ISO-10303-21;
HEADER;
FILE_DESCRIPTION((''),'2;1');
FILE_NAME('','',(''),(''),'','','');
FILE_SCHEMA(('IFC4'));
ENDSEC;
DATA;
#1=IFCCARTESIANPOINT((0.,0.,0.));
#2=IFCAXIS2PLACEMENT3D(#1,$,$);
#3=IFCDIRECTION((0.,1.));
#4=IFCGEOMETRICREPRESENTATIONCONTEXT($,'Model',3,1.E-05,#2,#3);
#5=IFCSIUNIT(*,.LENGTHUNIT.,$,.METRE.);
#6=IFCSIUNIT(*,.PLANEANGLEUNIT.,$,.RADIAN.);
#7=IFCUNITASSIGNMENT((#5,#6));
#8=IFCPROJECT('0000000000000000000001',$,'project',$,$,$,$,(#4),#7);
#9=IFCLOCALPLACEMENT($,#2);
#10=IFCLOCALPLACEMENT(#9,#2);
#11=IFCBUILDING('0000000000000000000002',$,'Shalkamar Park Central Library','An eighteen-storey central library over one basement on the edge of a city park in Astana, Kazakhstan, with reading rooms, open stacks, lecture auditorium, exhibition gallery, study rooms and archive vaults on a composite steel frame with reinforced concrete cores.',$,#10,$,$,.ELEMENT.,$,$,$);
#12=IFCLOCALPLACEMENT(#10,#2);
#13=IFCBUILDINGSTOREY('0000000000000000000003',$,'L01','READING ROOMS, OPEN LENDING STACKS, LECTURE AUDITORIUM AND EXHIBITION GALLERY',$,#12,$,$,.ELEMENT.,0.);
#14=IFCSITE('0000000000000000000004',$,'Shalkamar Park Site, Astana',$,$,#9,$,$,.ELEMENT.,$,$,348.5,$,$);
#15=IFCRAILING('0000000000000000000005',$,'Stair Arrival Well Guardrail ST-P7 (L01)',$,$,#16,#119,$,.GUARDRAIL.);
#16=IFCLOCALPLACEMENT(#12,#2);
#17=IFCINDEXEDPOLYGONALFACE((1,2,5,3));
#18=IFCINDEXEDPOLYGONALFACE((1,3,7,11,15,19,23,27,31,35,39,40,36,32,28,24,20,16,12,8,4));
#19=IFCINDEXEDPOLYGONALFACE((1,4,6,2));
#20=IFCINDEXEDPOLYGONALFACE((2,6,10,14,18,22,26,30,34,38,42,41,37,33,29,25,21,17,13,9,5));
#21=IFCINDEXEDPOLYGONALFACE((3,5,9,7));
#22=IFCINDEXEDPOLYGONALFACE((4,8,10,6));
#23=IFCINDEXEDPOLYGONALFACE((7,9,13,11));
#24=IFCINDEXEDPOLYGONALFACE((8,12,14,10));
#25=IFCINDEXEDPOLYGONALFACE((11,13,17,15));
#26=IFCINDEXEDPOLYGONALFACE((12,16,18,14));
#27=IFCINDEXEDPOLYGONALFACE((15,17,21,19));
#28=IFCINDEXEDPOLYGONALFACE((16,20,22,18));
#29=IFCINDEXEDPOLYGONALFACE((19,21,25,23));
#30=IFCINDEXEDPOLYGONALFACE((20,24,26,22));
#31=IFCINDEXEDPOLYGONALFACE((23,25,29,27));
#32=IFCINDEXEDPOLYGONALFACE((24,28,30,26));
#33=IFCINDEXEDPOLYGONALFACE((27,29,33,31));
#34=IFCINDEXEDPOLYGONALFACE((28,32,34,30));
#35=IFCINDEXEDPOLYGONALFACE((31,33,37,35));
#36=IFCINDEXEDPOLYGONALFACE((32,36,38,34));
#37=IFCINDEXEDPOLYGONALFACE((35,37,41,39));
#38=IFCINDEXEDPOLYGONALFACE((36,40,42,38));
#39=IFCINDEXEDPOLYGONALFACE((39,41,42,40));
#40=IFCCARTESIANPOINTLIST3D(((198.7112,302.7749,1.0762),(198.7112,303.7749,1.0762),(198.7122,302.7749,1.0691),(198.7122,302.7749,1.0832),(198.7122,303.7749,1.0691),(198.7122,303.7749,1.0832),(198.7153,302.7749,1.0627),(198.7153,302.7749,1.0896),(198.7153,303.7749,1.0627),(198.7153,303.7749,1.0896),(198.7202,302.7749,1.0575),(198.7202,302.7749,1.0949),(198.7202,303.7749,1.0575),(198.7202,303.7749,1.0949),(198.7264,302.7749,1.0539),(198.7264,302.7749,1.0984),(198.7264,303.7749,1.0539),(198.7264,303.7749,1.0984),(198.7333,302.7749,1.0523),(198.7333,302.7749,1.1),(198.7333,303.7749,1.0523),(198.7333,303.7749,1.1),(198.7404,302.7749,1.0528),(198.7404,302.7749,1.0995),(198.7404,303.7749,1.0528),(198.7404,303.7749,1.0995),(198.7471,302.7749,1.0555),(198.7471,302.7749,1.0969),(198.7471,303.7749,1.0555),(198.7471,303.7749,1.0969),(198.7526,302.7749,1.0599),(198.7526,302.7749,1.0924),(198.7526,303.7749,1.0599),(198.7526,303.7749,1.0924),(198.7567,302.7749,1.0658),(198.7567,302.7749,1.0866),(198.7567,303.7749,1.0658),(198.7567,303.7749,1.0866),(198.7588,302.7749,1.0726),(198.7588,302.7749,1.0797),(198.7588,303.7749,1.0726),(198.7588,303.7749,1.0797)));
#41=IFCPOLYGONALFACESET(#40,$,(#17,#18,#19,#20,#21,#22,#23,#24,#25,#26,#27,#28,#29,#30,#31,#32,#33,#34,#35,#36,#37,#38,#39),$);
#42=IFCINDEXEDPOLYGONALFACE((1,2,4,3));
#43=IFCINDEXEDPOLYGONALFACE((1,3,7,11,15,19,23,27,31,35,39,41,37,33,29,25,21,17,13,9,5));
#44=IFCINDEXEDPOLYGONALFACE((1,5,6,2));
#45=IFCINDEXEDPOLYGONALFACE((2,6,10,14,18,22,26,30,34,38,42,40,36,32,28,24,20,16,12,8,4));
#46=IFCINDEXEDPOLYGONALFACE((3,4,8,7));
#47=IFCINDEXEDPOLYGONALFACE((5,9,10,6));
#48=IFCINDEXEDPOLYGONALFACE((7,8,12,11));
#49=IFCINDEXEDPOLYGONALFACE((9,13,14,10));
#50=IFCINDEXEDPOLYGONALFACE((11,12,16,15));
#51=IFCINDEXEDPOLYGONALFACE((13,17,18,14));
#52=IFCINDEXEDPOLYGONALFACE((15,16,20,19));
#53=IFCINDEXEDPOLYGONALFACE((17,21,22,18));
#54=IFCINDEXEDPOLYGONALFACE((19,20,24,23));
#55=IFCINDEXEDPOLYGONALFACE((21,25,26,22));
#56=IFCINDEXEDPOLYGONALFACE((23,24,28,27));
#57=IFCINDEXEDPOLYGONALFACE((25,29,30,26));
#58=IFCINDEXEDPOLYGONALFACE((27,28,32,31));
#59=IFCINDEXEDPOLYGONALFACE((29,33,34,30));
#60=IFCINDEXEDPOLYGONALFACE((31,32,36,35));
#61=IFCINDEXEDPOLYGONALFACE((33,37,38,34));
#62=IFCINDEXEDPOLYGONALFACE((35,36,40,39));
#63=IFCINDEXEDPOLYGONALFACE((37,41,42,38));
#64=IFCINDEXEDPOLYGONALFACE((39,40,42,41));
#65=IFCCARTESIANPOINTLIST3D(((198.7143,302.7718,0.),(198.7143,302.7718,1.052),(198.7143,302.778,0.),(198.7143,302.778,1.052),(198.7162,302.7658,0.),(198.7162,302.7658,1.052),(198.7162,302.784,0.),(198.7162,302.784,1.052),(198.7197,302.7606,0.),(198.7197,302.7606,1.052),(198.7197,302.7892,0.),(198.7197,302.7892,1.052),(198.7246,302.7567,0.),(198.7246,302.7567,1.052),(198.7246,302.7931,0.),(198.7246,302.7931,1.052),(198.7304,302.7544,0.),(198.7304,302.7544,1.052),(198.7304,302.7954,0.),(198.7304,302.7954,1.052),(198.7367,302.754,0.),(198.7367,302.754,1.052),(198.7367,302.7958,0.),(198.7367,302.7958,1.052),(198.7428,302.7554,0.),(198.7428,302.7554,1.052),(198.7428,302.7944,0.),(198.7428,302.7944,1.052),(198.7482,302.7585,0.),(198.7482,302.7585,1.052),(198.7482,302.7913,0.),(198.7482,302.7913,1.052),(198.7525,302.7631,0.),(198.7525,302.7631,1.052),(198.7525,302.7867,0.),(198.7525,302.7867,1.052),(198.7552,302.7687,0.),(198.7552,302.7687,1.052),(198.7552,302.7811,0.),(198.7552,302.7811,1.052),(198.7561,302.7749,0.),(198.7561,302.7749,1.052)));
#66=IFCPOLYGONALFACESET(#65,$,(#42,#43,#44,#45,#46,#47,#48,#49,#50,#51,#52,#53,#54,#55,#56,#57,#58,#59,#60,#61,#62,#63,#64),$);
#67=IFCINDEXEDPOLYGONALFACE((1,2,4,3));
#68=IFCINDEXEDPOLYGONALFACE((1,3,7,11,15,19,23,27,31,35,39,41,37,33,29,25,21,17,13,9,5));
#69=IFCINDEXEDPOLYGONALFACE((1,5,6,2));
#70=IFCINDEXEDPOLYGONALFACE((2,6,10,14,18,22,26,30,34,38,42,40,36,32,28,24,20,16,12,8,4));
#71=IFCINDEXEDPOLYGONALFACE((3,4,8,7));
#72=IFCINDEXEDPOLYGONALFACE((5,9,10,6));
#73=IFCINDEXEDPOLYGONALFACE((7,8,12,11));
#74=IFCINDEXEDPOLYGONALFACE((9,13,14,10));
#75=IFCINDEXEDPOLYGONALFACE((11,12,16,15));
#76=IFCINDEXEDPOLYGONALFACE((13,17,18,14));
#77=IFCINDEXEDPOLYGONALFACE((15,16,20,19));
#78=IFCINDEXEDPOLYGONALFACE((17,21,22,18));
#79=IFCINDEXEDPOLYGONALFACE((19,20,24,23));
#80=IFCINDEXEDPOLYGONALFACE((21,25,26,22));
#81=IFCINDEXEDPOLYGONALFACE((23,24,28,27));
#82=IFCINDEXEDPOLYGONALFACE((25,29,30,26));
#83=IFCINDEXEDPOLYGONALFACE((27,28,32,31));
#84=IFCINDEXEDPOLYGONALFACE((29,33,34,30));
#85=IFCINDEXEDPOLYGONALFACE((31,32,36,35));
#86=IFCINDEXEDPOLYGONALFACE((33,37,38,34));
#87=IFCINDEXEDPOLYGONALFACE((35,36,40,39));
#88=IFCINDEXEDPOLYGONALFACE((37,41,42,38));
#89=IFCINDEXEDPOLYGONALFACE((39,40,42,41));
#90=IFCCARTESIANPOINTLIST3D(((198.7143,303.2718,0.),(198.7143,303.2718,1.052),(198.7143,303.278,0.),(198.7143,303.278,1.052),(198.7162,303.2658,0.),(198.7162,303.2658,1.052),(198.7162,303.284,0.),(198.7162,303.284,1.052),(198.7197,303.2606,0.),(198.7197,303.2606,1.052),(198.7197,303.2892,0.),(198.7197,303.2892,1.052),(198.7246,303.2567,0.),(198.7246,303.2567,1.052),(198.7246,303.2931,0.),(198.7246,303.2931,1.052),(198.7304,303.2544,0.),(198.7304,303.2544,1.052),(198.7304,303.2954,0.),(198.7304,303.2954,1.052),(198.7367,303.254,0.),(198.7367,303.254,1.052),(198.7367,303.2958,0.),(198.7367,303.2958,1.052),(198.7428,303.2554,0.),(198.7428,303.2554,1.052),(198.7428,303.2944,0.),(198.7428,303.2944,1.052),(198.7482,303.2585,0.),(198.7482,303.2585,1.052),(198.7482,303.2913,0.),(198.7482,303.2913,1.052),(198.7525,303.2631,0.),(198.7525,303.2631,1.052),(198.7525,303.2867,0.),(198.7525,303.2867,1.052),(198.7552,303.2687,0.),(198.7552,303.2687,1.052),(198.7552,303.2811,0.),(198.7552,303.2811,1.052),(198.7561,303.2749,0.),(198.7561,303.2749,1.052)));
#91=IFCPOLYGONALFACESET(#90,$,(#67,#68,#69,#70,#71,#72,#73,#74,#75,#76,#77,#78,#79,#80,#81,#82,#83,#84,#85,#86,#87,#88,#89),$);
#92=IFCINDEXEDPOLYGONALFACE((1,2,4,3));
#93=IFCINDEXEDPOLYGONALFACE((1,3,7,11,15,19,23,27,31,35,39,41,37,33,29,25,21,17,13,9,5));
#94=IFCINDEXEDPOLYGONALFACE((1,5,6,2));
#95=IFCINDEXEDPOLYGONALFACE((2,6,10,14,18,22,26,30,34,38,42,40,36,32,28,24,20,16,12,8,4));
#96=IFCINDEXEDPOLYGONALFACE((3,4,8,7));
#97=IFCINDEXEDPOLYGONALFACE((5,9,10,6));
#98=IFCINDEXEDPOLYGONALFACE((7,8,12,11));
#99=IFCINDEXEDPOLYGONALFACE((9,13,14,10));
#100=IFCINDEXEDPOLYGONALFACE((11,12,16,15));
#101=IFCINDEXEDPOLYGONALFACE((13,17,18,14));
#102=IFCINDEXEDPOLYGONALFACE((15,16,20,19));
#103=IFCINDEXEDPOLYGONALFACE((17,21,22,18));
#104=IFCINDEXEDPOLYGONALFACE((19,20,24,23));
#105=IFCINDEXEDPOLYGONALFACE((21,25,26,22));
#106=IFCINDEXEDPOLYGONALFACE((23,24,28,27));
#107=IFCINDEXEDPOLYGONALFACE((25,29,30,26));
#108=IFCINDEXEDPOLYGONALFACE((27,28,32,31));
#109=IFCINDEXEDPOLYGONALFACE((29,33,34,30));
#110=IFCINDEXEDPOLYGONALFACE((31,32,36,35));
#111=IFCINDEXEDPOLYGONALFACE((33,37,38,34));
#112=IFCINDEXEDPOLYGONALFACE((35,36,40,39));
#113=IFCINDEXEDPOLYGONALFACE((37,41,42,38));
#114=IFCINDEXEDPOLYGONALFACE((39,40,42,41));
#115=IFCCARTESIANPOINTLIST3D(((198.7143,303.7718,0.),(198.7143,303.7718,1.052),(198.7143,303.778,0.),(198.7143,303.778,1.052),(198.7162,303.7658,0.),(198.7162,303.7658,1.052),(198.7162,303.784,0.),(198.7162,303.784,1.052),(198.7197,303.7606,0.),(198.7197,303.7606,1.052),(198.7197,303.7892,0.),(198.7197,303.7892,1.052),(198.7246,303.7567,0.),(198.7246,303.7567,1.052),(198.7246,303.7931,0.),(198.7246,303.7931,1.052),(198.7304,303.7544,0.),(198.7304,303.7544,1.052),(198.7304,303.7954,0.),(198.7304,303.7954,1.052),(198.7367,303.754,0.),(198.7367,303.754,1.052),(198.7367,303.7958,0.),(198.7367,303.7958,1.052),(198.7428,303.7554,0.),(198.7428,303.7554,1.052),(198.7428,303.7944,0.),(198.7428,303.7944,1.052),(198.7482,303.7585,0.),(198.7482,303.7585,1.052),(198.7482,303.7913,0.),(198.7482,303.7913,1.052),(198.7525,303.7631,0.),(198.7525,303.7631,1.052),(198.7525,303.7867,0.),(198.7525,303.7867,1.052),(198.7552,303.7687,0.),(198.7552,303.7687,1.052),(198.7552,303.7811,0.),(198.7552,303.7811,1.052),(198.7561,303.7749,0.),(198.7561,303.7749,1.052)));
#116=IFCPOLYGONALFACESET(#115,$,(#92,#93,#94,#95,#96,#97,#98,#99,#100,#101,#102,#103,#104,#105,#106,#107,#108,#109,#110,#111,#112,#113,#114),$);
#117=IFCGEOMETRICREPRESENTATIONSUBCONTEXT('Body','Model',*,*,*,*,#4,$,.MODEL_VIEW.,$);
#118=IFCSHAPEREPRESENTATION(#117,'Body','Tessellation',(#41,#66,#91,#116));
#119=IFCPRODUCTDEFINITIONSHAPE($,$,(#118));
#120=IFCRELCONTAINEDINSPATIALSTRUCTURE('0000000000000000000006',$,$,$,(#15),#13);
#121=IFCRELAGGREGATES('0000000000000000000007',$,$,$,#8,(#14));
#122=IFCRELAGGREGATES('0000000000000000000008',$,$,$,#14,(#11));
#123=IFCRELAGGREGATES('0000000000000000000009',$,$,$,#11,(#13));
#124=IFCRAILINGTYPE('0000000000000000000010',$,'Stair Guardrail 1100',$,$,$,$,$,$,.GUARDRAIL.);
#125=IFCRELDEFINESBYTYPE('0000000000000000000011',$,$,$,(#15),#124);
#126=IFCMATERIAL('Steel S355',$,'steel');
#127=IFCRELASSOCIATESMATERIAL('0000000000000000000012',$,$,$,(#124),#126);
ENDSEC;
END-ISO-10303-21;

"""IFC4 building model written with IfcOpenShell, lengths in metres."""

from ifc_helpers import new_model, si_unit, direction, frame, origin, origin_2d, place, context, subcontext, project, spatial, circle, extrude, material, type_object, element, save


model = new_model("IFC4")

# Units and contexts
model_context = context("Model", 3, precision=1e-05, world=origin(), true_north=direction((0.0, 1.0)))
body_context = subcontext(model_context, "Body", "Model", "MODEL_VIEW")
ifc_project = project(units=[si_unit("LENGTHUNIT", "METRE"), si_unit("PLANEANGLEUNIT", "RADIAN")], contexts=[model_context])

# Site, building, storey
site_placement = place(None, origin())
site = spatial("IfcSite", under=ifc_project, at=site_placement, Name="Shalkamar Park Site, Astana", CompositionType="ELEMENT", RefElevation=348.5)
building_placement = place(site_placement, origin())
building = spatial("IfcBuilding", under=site, at=building_placement, Name="Shalkamar Park Central Library", Description="An eighteen-storey central library over one basement on the edge of a city park in Astana, Kazakhstan, with reading rooms, open stacks, lecture auditorium, exhibition gallery, study rooms and archive vaults on a composite steel frame with reinforced concrete cores.", CompositionType="ELEMENT")
storey_placement = place(building_placement, origin())
storey = spatial("IfcBuildingStorey", under=building, at=storey_placement, Name="L01", Description="READING ROOMS, OPEN LENDING STACKS, LECTURE AUDITORIUM AND EXHIBITION GALLERY", CompositionType="ELEMENT", Elevation=0.0)

# Shared definitions
ifc_material_1 = material(Name="Steel S355", Category="steel")

# Railing
railing_type_1 = type_object("IfcRailingType", Name="Stair Guardrail 1100", PredefinedType="GUARDRAIL", material=ifc_material_1)
railing_1_placement = place(storey_placement, frame((198.7351, 302.7749, 0.0)))
element("IfcRailing", 1, at=railing_1_placement, inside=storey, type_object=railing_type_1, Name="Stair Arrival Well Guardrail ST-P7 (L01)", PredefinedType="GUARDRAIL", context=body_context, shape_type="SweptSolid", body=[
    extrude(circle(Radius=0.0239, at=origin_2d()), frame((0.0, 0.0, 1.0762), z_axis=(0.0, 1.0, 0.0), x_axis=(-1.0, 0.0, 0.0)), (0.0, 0.0, 1.0), 1.0),
    extrude(circle(Radius=0.021, at=origin_2d()), origin(), (0.0, 0.0, 1.0), 1.052),
    extrude(circle(Radius=0.021, at=origin_2d()), frame((0.0, 0.5, 0.0)), (0.0, 0.0, 1.0), 1.052),
    extrude(circle(Radius=0.021, at=origin_2d()), frame((0.0, 1.0, 0.0)), (0.0, 0.0, 1.0), 1.052),
])

save(model, "model.ifc")
